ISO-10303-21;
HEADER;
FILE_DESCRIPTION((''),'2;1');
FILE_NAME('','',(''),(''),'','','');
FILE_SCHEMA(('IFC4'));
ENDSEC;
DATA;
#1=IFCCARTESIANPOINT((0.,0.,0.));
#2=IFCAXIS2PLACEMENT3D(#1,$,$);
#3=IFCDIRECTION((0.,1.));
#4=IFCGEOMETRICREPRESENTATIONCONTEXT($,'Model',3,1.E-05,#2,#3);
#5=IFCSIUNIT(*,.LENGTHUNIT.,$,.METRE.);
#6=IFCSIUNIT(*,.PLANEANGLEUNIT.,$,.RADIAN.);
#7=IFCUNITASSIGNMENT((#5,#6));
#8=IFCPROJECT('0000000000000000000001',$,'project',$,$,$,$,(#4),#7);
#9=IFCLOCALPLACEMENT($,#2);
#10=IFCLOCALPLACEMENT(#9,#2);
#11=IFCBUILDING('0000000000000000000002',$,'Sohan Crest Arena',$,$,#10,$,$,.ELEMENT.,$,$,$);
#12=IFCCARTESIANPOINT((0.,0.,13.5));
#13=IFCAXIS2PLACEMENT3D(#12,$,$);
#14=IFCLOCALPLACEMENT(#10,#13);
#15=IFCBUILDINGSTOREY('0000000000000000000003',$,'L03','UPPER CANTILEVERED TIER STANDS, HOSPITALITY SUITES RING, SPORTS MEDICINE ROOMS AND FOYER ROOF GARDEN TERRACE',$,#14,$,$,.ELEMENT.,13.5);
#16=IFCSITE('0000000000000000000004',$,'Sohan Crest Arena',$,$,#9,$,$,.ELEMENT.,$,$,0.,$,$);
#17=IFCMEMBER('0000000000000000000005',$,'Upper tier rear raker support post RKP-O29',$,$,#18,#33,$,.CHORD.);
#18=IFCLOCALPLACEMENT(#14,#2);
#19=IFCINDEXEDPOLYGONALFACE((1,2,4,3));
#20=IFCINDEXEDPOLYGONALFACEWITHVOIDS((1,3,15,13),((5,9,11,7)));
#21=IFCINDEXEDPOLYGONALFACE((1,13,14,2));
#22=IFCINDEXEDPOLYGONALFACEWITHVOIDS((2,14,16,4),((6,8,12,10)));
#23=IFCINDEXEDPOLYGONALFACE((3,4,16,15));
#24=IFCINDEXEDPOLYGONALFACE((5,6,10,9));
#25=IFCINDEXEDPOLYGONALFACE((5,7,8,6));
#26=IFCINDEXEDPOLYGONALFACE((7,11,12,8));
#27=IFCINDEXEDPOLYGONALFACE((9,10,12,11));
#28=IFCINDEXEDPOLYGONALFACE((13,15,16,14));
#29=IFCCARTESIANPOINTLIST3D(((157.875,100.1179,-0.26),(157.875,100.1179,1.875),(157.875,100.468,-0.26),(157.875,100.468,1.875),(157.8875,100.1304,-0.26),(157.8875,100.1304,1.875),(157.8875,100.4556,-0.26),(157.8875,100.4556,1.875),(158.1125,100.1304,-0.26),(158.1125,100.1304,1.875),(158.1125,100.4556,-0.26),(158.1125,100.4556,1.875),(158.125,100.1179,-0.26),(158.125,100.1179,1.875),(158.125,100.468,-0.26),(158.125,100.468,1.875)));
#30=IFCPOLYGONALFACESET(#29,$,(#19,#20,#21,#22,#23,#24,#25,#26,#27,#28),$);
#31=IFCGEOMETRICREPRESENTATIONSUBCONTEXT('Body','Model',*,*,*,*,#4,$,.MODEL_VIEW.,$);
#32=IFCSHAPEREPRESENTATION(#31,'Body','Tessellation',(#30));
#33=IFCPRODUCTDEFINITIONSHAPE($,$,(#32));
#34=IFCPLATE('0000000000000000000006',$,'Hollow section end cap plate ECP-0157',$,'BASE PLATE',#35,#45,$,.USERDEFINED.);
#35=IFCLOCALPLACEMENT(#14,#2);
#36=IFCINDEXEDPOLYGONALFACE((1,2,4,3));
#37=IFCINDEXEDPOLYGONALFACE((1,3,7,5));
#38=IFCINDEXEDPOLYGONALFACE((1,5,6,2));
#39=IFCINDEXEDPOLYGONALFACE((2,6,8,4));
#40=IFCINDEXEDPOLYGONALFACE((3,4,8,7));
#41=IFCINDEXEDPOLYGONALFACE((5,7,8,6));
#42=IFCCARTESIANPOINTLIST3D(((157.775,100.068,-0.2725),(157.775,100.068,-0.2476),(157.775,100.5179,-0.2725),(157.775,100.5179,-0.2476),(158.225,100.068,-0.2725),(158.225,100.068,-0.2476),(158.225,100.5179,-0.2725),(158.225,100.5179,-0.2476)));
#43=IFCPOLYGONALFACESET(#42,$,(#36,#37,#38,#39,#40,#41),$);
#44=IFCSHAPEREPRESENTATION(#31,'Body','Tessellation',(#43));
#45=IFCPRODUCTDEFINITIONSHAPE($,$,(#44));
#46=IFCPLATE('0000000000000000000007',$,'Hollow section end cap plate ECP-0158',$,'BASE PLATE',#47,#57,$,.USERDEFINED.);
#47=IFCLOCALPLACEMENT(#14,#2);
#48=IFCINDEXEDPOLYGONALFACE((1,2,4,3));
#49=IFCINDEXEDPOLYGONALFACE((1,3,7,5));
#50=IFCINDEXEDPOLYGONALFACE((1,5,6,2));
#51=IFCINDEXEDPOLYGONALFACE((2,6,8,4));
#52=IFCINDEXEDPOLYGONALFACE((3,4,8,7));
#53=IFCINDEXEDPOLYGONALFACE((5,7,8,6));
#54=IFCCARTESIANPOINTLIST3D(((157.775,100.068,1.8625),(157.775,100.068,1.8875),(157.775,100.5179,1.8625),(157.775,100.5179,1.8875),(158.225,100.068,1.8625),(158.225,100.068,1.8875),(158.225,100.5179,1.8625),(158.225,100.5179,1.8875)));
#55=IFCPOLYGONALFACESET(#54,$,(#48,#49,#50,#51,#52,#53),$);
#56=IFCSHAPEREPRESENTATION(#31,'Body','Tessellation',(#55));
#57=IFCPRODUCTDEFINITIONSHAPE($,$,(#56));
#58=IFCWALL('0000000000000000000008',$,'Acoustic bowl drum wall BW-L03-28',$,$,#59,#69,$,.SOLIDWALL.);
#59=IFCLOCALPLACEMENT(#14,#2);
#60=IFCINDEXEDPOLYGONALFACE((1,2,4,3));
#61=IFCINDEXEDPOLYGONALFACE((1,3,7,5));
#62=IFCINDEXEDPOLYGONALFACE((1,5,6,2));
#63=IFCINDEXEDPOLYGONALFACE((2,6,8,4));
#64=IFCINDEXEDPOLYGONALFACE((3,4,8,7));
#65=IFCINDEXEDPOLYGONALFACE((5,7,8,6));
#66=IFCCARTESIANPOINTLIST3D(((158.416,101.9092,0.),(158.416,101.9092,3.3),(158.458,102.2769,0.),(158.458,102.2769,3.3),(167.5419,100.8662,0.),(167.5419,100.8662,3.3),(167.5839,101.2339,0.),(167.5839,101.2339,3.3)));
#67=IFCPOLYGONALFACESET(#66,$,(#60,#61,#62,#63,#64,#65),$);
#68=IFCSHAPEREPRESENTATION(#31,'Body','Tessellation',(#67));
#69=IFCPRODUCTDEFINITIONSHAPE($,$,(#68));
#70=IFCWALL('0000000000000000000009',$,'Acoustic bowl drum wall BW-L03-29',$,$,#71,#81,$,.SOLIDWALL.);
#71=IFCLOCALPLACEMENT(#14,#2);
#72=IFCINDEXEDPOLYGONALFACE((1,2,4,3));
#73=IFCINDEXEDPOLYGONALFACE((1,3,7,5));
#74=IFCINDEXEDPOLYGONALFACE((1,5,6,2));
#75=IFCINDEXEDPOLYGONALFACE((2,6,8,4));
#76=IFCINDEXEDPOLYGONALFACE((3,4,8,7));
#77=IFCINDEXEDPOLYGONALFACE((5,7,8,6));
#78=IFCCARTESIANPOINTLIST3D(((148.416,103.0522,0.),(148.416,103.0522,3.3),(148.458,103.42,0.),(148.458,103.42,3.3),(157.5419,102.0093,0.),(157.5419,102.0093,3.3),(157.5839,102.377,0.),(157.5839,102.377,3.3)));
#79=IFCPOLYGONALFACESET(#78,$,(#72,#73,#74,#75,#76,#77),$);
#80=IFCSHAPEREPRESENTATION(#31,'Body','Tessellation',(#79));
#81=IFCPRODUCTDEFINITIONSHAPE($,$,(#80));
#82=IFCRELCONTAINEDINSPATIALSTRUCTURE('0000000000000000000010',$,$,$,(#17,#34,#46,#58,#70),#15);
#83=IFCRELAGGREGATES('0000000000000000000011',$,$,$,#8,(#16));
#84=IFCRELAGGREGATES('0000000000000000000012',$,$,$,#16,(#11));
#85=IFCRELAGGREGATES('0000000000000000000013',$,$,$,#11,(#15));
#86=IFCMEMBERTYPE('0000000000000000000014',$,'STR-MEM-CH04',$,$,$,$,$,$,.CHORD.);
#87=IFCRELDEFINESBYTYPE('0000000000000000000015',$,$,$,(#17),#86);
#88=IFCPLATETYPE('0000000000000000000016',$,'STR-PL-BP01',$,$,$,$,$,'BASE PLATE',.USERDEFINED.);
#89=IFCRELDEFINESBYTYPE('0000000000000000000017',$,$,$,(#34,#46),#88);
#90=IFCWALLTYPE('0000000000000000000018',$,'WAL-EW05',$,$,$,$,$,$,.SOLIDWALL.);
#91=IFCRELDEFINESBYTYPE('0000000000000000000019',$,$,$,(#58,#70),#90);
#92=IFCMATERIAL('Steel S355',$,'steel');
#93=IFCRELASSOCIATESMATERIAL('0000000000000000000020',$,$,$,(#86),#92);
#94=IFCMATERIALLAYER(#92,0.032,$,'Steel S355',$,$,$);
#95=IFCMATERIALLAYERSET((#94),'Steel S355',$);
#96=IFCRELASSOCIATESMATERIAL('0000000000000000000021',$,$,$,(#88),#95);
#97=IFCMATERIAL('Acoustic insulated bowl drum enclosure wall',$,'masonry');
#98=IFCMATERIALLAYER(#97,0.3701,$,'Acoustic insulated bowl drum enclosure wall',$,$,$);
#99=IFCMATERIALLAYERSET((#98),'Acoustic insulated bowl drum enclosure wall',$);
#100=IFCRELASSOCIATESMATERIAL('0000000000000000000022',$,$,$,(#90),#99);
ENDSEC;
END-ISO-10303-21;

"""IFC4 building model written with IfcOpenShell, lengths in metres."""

from ifc_helpers import new_model, si_unit, direction, frame, frame_2d, origin, origin_2d, place, context, subcontext, project, spatial, rectangle, hollow_rectangle, extrude, material, layer, layer_set, material_profile, profile_set, type_object, element, save


model = new_model("IFC4")

# Units and contexts
model_context = context("Model", 3, precision=1e-05, world=origin(), true_north=direction((0.0, 1.0)))
body_context = subcontext(model_context, "Body", "Model", "MODEL_VIEW")
ifc_project = project(units=[si_unit("LENGTHUNIT", "METRE"), si_unit("PLANEANGLEUNIT", "RADIAN")], contexts=[model_context])

# Site, building, storey
site_placement = place(None, origin())
site = spatial("IfcSite", under=ifc_project, at=site_placement, Name="Sohan Crest Arena", CompositionType="ELEMENT", RefElevation=0.0)
building_placement = place(site_placement, origin())
building = spatial("IfcBuilding", under=site, at=building_placement, Name="Sohan Crest Arena", CompositionType="ELEMENT")
storey_placement = place(building_placement, frame((0.0, 0.0, 13.5)))
storey = spatial("IfcBuildingStorey", under=building, at=storey_placement, Name="L03", Description="UPPER CANTILEVERED TIER STANDS, HOSPITALITY SUITES RING, SPORTS MEDICINE ROOMS AND FOYER ROOF GARDEN TERRACE", CompositionType="ELEMENT", Elevation=13.5)

# Shared definitions
ifc_material_1 = material(Name="Steel S355", Category="steel")

# Member
ifc_material_profile_1 = material_profile(ifc_material_1, hollow_rectangle(XDim=0.25, YDim=0.3501, WallThickness=0.0125, at=origin_2d()), Name="RHS 350x250x12.5")
ifc_profile_set_1 = profile_set([ifc_material_profile_1], Name="Steel S355")
member_type = type_object("IfcMemberType", Name="STR-MEM-CH04", PredefinedType="CHORD", material=ifc_profile_set_1)
member_placement = place(storey_placement, frame((158.0, 100.293, -0.26), z_axis=(0.0, 0.0, 1.0), x_axis=(1.0, 0.0, 0.0)))
element("IfcMember", 1, at=member_placement, inside=storey, type_object=member_type, Name="Upper tier rear raker support post RKP-O29", PredefinedType="CHORD", context=body_context, shape_type="SweptSolid", body=[
    extrude(hollow_rectangle(XDim=0.25, YDim=0.3501, WallThickness=0.0125, at=origin_2d()), origin(), (0.0, 0.0, 1.0), 2.135),
])

# Plates
ifc_layer_1 = layer(ifc_material_1, 0.032, Name="Steel S355")
ifc_layer_set_1 = layer_set([ifc_layer_1], Name="Steel S355")
plate_type = type_object("IfcPlateType", Name="STR-PL-BP01", ElementType="BASE PLATE", PredefinedType="USERDEFINED", material=ifc_layer_set_1)
for number, where, z_axis, x_axis, name in (
    (2, (158.0, 100.293, -0.2725), (0.0, 0.0, 1.0), (1.0, 0.0, 0.0), "Hollow section end cap plate ECP-0157"),
    (3, (158.0, 100.293, 1.8625), (0.0, 0.0, 1.0), (1.0, 0.0, 0.0), "Hollow section end cap plate ECP-0158"),
):
    element("IfcPlate", number, at=place(storey_placement, frame(where, z_axis=z_axis, x_axis=x_axis)), inside=storey, type_object=plate_type, Name=name, ObjectType="BASE PLATE", PredefinedType="USERDEFINED", context=body_context, shape_type="SweptSolid", body=[
        extrude(rectangle(XDim=0.45, YDim=0.45, at=origin_2d()), origin(), (0.0, 0.0, 1.0), 0.0249),
    ])

# Walls
ifc_material_2 = material(Name="Acoustic insulated bowl drum enclosure wall", Category="masonry")
ifc_layer_2 = layer(ifc_material_2, 0.3701, Name="Acoustic insulated bowl drum enclosure wall")
ifc_layer_set_2 = layer_set([ifc_layer_2], Name="Acoustic insulated bowl drum enclosure wall")
wall_type = type_object("IfcWallType", Name="WAL-EW05", PredefinedType="SOLIDWALL", material=ifc_layer_set_2)
for number, where, z_axis, x_axis, name in (
    (4, (167.563, 101.05, 0.0), (0.0, 0.0, 1.0), (-0.993533, 0.113547, 0.0), "Acoustic bowl drum wall BW-L03-28"),
    (5, (157.563, 102.1931, 0.0), (0.0, 0.0, 1.0), (-0.993533, 0.113547, 0.0), "Acoustic bowl drum wall BW-L03-29"),
):
    element("IfcWall", number, at=place(storey_placement, frame(where, z_axis=z_axis, x_axis=x_axis)), inside=storey, type_object=wall_type, Name=name, PredefinedType="SOLIDWALL", context=body_context, shape_type="SweptSolid", body=[
        extrude(rectangle(XDim=9.1853, YDim=0.3701, at=frame_2d((4.5928, 0.0))), origin(), (0.0, 0.0, 1.0), 3.3),
    ])

save(model, "model.ifc")
